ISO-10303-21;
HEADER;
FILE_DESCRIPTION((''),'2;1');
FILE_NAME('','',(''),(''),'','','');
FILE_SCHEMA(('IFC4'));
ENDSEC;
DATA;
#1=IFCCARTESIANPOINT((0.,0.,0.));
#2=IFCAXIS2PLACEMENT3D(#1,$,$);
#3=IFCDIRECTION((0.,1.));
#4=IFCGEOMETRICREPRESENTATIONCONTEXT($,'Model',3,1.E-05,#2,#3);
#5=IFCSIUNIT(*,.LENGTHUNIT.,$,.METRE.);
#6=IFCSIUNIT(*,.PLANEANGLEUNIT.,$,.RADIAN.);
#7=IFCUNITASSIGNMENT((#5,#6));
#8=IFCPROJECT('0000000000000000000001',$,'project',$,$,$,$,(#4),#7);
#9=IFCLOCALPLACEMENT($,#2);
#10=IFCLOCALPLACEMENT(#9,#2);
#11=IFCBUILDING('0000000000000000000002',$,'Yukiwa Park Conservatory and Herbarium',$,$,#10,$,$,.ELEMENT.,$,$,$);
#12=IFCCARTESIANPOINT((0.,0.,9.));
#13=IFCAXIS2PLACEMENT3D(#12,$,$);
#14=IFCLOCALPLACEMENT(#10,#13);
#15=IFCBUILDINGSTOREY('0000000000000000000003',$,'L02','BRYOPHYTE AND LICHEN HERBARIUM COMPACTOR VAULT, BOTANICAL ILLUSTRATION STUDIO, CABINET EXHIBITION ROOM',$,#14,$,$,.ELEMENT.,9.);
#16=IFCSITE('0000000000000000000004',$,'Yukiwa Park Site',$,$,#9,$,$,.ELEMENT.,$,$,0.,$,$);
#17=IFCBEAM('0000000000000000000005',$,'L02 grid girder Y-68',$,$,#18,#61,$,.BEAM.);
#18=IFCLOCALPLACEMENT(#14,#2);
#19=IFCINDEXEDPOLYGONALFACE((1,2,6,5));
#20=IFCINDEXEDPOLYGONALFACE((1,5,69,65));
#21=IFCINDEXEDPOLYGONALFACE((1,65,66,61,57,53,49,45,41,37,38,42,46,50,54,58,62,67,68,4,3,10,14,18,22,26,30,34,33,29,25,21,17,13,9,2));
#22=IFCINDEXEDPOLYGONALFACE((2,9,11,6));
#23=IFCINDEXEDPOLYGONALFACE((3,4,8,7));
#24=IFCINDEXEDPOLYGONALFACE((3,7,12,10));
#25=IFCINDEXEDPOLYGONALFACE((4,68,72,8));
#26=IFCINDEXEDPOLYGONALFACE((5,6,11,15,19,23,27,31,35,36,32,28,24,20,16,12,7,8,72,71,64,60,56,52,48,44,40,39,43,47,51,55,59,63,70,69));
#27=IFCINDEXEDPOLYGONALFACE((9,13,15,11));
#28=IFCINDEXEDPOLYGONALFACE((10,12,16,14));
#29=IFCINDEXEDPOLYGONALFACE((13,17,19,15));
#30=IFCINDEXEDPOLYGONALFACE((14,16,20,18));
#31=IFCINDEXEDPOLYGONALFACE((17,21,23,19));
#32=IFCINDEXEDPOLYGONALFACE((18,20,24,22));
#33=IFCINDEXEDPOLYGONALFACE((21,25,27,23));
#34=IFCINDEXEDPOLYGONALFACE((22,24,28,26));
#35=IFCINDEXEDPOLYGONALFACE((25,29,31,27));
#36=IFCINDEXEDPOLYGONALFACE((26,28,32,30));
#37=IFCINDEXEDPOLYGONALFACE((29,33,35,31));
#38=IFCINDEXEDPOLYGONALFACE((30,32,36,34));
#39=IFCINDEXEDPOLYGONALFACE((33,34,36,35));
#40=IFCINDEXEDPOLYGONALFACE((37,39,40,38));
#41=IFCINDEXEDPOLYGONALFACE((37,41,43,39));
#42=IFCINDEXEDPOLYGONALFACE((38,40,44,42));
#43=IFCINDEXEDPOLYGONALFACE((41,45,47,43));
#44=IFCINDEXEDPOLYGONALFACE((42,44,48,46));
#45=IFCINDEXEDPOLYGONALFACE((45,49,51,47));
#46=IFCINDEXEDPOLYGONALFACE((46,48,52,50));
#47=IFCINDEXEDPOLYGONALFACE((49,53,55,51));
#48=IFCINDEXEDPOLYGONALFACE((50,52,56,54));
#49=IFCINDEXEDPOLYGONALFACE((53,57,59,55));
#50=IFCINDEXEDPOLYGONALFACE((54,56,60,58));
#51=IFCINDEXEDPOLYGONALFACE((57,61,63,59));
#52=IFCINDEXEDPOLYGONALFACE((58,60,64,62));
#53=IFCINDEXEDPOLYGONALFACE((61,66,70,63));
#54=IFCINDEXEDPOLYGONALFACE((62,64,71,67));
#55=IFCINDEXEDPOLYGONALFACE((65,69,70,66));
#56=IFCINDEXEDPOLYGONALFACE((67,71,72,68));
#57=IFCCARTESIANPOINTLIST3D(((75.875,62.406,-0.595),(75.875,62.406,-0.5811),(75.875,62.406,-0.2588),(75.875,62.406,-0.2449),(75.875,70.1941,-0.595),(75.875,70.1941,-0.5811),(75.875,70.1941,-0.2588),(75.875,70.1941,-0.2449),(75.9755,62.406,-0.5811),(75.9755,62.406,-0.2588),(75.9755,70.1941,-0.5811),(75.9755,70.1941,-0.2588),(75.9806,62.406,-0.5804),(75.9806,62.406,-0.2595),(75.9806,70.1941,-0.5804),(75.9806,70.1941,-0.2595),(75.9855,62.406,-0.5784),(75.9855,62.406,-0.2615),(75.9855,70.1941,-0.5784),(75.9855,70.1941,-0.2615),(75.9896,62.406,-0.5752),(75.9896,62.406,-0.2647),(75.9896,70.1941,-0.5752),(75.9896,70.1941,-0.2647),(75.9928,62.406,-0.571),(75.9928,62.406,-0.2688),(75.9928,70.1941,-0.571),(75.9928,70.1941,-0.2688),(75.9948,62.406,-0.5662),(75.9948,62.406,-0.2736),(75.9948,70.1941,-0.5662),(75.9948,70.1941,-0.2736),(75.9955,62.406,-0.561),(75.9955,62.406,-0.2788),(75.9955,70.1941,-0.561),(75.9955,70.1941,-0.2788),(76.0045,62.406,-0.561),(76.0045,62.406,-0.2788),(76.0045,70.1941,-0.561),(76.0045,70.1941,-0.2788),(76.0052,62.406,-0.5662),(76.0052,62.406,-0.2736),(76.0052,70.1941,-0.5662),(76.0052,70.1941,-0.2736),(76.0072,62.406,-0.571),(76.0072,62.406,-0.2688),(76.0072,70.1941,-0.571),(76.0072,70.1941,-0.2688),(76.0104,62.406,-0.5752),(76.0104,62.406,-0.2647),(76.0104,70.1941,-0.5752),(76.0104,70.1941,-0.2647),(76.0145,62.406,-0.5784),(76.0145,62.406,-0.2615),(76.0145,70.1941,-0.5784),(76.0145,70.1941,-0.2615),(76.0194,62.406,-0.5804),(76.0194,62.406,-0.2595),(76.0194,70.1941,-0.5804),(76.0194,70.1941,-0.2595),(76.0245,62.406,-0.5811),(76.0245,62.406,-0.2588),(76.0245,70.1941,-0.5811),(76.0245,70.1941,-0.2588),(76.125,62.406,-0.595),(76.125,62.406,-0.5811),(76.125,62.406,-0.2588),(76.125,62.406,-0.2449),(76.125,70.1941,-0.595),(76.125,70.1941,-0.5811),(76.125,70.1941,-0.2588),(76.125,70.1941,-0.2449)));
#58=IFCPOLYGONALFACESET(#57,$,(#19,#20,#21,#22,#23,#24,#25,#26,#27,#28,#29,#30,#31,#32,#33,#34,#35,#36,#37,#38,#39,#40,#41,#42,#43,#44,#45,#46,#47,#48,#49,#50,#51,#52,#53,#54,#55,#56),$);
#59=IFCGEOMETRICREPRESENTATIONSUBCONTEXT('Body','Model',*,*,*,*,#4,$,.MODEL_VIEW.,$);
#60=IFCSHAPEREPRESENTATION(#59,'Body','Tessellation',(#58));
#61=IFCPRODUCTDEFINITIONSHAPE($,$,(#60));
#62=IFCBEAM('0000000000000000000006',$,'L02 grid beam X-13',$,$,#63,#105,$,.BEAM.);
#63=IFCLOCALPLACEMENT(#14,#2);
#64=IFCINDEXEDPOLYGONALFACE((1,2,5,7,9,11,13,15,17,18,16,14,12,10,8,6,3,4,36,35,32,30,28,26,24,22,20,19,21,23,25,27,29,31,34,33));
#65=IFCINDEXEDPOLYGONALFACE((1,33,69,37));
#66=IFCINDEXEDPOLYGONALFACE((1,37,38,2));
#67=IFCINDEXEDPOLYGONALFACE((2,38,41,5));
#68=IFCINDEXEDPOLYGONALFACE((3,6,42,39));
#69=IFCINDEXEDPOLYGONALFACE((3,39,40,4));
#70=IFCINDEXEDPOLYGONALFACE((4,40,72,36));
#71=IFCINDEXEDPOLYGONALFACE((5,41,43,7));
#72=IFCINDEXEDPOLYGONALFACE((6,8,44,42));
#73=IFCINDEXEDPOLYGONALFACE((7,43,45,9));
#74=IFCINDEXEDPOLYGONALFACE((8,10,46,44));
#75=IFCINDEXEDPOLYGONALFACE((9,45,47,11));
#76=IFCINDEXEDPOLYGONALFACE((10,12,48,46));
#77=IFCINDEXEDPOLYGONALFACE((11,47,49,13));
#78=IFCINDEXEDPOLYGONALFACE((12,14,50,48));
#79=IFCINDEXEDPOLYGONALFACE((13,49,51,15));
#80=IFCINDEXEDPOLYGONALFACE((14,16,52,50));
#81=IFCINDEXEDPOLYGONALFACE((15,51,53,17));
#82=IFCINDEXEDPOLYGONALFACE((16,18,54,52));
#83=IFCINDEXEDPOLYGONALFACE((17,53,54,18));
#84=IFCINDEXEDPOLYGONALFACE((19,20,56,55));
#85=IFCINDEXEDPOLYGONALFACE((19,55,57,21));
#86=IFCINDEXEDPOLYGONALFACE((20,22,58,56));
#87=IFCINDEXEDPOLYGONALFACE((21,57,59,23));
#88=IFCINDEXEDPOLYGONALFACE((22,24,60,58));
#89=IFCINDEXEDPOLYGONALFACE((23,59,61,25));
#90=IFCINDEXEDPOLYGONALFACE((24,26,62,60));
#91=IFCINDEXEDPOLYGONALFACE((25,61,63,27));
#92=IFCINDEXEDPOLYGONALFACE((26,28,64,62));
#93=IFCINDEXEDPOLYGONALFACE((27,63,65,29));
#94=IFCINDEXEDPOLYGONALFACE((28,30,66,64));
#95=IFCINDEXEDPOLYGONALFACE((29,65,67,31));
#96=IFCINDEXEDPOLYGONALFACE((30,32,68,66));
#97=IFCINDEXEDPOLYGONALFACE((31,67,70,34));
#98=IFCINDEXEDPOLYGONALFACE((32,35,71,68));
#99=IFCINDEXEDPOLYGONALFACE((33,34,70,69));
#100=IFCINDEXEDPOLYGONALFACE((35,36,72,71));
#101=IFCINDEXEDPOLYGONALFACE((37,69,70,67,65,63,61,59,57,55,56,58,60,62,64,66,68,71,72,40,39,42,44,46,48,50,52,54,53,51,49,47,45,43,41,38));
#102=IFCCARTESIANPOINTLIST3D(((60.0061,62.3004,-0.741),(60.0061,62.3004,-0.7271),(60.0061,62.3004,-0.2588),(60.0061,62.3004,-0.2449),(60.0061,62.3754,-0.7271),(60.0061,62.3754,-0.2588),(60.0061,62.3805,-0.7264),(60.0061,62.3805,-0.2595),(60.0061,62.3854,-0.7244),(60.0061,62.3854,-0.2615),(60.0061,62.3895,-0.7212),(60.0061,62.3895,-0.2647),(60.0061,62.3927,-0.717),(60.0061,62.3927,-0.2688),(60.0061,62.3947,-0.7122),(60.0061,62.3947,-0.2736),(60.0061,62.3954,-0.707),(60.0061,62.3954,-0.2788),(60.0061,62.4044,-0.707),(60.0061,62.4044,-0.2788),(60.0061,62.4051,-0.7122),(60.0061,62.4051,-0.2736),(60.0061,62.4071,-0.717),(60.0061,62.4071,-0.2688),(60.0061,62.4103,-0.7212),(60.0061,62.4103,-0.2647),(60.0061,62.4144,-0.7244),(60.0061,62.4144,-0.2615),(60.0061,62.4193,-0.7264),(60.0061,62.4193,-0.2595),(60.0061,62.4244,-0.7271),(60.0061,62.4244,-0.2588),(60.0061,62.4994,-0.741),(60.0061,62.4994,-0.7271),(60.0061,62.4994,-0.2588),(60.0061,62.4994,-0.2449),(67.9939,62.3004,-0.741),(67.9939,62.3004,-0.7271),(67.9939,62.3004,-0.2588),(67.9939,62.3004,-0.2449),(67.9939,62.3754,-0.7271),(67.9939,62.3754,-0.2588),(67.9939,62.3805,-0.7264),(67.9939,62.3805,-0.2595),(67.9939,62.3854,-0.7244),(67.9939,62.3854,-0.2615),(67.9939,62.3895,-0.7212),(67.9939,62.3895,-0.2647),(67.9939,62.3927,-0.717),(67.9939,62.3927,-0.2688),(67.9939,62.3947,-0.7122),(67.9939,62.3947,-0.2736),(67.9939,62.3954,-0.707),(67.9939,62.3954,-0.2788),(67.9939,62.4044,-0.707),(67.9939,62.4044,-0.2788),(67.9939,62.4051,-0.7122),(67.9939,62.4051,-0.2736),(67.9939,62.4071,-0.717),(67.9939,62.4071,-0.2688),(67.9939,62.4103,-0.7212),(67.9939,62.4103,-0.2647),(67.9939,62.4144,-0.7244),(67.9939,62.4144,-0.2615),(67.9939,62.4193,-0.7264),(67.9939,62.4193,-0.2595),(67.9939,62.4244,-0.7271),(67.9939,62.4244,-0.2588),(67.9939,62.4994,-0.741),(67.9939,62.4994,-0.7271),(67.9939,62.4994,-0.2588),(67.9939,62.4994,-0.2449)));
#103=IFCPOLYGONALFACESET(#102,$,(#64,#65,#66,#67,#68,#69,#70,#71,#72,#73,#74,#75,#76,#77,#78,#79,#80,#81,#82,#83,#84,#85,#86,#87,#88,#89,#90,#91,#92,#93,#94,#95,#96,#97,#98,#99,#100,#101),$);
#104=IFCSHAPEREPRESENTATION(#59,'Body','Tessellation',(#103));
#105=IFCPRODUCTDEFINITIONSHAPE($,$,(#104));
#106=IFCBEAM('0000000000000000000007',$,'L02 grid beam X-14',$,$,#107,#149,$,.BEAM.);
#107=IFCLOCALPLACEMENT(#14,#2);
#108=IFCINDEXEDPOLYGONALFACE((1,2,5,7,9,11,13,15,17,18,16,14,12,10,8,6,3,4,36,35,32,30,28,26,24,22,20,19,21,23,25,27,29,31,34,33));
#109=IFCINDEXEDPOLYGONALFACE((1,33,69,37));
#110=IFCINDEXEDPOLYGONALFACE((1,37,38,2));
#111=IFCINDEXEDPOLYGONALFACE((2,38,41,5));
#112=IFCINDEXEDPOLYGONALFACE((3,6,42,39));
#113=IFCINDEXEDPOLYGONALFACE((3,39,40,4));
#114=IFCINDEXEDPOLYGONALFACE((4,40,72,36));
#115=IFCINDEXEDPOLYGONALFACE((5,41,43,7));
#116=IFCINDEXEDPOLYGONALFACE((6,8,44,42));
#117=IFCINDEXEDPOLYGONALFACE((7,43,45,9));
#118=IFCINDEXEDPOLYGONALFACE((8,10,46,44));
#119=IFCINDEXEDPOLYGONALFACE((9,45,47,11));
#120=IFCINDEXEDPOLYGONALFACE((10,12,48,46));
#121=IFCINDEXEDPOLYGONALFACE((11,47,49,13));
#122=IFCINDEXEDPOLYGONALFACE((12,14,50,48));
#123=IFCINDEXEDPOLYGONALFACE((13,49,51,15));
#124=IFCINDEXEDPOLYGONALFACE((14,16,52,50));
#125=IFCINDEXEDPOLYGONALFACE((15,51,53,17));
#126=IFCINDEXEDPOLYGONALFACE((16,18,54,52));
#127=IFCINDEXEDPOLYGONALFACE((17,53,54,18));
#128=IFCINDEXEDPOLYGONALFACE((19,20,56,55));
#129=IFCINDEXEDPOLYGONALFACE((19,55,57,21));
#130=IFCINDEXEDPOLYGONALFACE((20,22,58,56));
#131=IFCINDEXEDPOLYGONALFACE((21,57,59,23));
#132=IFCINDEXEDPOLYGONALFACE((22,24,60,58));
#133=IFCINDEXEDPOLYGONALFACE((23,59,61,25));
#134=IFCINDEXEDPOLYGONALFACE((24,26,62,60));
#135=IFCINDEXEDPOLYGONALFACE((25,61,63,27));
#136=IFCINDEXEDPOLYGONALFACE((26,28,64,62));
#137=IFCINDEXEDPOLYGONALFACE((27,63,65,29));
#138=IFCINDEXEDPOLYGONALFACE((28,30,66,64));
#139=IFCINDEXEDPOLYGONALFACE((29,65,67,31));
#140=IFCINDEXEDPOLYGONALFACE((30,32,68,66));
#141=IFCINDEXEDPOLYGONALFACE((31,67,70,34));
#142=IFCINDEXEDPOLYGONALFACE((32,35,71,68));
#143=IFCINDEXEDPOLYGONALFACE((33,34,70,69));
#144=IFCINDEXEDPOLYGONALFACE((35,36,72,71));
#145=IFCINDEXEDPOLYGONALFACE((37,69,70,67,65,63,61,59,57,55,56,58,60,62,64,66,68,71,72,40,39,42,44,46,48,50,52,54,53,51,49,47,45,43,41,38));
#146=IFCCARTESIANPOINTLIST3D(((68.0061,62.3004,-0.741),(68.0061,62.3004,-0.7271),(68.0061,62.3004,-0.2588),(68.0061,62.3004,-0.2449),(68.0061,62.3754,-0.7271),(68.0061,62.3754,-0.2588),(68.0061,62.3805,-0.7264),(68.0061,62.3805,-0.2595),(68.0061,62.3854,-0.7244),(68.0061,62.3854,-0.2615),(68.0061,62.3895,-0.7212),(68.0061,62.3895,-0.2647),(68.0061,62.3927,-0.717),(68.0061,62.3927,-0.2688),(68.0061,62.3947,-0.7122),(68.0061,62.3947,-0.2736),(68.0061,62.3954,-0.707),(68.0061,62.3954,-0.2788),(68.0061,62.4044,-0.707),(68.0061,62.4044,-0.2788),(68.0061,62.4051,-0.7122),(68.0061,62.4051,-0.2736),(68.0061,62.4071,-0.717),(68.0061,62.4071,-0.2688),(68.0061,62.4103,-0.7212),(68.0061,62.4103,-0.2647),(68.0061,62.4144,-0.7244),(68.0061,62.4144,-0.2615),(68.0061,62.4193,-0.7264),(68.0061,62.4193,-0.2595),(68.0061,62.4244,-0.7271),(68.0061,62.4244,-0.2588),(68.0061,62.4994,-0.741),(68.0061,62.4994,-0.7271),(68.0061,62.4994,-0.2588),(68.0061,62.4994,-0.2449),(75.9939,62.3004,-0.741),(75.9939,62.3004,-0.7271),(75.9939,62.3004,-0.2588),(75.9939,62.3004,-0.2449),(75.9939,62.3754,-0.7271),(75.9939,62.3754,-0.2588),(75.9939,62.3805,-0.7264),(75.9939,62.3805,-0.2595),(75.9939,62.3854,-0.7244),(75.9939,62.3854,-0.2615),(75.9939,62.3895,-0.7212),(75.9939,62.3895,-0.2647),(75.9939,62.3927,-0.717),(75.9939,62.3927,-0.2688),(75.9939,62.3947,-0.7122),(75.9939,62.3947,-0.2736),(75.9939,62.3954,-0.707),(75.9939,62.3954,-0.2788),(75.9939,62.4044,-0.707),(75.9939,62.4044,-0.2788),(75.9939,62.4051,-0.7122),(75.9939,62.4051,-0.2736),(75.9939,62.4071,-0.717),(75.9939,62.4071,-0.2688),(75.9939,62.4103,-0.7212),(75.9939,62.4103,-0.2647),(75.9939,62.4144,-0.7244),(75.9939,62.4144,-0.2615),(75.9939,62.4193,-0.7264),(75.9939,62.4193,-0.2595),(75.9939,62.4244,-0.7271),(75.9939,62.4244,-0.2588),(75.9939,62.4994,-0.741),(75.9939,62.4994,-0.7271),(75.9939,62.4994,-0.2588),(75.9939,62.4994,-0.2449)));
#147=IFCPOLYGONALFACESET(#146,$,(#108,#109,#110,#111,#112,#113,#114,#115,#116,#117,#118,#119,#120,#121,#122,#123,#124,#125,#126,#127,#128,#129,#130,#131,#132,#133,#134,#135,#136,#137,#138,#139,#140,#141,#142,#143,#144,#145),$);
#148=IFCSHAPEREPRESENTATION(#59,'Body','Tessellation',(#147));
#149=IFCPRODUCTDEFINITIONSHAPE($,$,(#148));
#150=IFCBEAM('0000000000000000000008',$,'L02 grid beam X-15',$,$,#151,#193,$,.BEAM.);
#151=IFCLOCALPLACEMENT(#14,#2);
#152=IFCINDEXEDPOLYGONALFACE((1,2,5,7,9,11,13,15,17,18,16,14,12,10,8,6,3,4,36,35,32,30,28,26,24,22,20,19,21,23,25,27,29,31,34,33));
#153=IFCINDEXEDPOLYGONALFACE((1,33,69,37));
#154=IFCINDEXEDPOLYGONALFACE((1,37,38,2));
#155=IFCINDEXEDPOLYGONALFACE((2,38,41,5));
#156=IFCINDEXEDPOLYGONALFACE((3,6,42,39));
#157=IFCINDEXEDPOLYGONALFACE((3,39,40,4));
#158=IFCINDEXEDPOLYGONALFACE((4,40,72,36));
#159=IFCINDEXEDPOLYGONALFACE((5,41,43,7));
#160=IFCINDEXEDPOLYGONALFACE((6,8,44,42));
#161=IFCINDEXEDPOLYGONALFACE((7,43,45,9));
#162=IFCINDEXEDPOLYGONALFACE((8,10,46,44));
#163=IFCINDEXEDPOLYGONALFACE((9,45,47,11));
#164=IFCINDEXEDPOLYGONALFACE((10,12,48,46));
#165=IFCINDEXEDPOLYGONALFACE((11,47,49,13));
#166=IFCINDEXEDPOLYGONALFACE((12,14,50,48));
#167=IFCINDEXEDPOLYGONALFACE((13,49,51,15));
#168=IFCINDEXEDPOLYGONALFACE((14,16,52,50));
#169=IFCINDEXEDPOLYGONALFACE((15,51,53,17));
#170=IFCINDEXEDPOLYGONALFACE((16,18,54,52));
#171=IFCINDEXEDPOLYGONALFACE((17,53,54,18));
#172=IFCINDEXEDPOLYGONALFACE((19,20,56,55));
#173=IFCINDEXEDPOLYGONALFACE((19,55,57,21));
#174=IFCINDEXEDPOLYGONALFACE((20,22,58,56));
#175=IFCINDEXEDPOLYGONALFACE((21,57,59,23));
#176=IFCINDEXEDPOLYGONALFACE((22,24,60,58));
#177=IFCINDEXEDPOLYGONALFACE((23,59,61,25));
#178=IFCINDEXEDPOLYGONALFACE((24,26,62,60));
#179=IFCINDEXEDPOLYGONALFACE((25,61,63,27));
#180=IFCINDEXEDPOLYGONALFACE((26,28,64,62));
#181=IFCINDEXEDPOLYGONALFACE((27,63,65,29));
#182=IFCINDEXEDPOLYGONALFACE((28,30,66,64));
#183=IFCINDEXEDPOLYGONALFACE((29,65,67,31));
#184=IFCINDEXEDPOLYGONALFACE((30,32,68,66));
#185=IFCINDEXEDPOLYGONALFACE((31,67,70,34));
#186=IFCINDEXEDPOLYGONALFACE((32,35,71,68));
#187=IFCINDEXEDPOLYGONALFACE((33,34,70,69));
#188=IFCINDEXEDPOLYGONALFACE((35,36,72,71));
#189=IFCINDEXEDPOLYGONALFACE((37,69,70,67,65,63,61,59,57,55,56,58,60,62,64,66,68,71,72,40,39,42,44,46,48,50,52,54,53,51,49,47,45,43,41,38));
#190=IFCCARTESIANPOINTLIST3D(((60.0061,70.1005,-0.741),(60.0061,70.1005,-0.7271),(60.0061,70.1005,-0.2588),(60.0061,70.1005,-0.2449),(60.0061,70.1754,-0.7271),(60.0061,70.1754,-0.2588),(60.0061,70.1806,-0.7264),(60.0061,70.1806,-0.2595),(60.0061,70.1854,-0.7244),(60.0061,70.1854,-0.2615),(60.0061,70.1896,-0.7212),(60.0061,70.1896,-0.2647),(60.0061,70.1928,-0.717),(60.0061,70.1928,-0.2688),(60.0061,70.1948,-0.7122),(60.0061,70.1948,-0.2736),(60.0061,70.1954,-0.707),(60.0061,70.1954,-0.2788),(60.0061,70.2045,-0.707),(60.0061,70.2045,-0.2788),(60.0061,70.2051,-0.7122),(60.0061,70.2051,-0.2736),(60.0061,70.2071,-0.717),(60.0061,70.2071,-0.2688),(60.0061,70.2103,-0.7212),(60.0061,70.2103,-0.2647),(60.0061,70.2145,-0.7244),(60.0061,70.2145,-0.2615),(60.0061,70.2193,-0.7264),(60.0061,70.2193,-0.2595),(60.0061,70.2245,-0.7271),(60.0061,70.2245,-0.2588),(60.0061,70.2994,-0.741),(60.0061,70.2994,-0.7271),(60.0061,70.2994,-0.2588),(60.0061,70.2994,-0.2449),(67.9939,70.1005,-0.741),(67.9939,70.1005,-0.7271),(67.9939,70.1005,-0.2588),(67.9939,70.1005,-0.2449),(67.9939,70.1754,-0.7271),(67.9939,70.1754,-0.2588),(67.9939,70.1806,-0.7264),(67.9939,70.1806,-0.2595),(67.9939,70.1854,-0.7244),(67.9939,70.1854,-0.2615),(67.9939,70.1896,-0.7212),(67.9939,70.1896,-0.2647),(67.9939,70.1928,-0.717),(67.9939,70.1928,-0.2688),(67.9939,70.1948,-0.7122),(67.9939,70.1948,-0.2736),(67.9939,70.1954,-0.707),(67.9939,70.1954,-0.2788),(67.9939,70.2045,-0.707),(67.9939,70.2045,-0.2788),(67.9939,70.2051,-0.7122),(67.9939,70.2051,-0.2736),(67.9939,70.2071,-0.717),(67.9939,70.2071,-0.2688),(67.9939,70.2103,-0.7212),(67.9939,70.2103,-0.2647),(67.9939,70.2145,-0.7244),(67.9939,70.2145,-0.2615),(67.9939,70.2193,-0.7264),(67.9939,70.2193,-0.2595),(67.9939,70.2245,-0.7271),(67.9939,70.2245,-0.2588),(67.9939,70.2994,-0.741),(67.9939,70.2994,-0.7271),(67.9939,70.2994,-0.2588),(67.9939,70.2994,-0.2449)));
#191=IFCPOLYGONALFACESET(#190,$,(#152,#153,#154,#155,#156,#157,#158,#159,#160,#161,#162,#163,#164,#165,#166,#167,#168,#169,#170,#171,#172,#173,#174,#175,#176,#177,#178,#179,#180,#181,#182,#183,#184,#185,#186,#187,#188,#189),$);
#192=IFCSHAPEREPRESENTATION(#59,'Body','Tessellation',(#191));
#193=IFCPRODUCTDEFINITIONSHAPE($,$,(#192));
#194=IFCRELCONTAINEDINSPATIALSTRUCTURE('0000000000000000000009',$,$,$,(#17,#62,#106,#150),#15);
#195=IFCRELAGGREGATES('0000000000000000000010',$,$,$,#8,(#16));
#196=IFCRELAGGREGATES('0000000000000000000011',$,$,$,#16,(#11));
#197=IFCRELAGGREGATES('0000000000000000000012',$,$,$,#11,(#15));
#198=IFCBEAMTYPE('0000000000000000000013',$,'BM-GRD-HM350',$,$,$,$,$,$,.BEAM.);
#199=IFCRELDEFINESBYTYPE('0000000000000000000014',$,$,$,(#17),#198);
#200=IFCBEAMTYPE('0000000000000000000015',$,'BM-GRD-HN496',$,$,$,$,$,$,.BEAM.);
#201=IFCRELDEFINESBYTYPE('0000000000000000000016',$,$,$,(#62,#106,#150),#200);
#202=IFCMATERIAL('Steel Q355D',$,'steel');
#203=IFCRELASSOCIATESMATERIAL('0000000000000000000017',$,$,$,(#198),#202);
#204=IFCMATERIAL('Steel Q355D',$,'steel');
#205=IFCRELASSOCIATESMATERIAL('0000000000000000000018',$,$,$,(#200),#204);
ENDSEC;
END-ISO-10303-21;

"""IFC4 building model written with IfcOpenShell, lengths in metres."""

from ifc_helpers import new_model, si_unit, direction, frame, origin, origin_2d, place, context, subcontext, project, spatial, i_section, extrude, material, material_profile, profile_set, type_object, element, save


model = new_model("IFC4")

# Units and contexts
model_context = context("Model", 3, precision=1e-05, world=origin(), true_north=direction((0.0, 1.0)))
body_context = subcontext(model_context, "Body", "Model", "MODEL_VIEW")
ifc_project = project(units=[si_unit("LENGTHUNIT", "METRE"), si_unit("PLANEANGLEUNIT", "RADIAN")], contexts=[model_context])

# Site, building, storey
site_placement = place(None, origin())
site = spatial("IfcSite", under=ifc_project, at=site_placement, Name="Yukiwa Park Site", CompositionType="ELEMENT", RefElevation=0.0)
building_placement = place(site_placement, origin())
building = spatial("IfcBuilding", under=site, at=building_placement, Name="Yukiwa Park Conservatory and Herbarium", CompositionType="ELEMENT")
storey_placement = place(building_placement, frame((0.0, 0.0, 9.0)))
storey = spatial("IfcBuildingStorey", under=building, at=storey_placement, Name="L02", Description="BRYOPHYTE AND LICHEN HERBARIUM COMPACTOR VAULT, BOTANICAL ILLUSTRATION STUDIO, CABINET EXHIBITION ROOM", CompositionType="ELEMENT", Elevation=9.0)

# Beams
ifc_material_1 = material(Name="Steel Q355D", Category="steel")
ifc_material_profile_1 = material_profile(ifc_material_1, i_section(OverallWidth=0.25, OverallDepth=0.3501, WebThickness=0.009, FlangeThickness=0.0139, FilletRadius=0.02, at=origin_2d()), Name="HM 350x250x9x14")
ifc_profile_set_1 = profile_set([ifc_material_profile_1], Name="Steel Q355D")
beam_type_1 = type_object("IfcBeamType", Name="BM-GRD-HM350", PredefinedType="BEAM", material=ifc_profile_set_1)
for number, where, z_axis, x_axis, name in (
    (1, (76.0, 62.406, -0.4199), (0.0, 1.0, 0.0), (-1.0, 0.0, 0.0), "L02 grid girder Y-68"),
):
    element("IfcBeam", number, at=place(storey_placement, frame(where, z_axis=z_axis, x_axis=x_axis)), inside=storey, type_object=beam_type_1, Name=name, PredefinedType="BEAM", context=body_context, shape_type="SweptSolid", body=[
        extrude(i_section(OverallWidth=0.25, OverallDepth=0.3501, WebThickness=0.009, FlangeThickness=0.0139, FilletRadius=0.02, at=origin_2d()), origin(), (0.0, 0.0, 1.0), 7.7881),
    ])
ifc_material_2 = material(Name="Steel Q355D", Category="steel")
ifc_material_profile_2 = material_profile(ifc_material_2, i_section(OverallWidth=0.199, OverallDepth=0.4961, WebThickness=0.009, FlangeThickness=0.0139, FilletRadius=0.02, at=origin_2d()), Name="HN 496x199x9x14")
ifc_profile_set_2 = profile_set([ifc_material_profile_2], Name="Steel Q355D")
beam_type_2 = type_object("IfcBeamType", Name="BM-GRD-HN496", PredefinedType="BEAM", material=ifc_profile_set_2)
for number, where, z_axis, x_axis, name in (
    (2, (60.0061, 62.3999, -0.4929), (1.0, 0.0, 0.0), (0.0, 1.0, 0.0), "L02 grid beam X-13"),
    (3, (68.0061, 62.3999, -0.4929), (1.0, 0.0, 0.0), (0.0, 1.0, 0.0), "L02 grid beam X-14"),
    (4, (60.0061, 70.2, -0.4929), (1.0, 0.0, 0.0), (0.0, 1.0, 0.0), "L02 grid beam X-15"),
):
    element("IfcBeam", number, at=place(storey_placement, frame(where, z_axis=z_axis, x_axis=x_axis)), inside=storey, type_object=beam_type_2, Name=name, PredefinedType="BEAM", context=body_context, shape_type="SweptSolid", body=[
        extrude(i_section(OverallWidth=0.199, OverallDepth=0.4961, WebThickness=0.009, FlangeThickness=0.0139, FilletRadius=0.02, at=origin_2d()), origin(), (0.0, 0.0, 1.0), 7.9878),
    ])

save(model, "model.ifc")
